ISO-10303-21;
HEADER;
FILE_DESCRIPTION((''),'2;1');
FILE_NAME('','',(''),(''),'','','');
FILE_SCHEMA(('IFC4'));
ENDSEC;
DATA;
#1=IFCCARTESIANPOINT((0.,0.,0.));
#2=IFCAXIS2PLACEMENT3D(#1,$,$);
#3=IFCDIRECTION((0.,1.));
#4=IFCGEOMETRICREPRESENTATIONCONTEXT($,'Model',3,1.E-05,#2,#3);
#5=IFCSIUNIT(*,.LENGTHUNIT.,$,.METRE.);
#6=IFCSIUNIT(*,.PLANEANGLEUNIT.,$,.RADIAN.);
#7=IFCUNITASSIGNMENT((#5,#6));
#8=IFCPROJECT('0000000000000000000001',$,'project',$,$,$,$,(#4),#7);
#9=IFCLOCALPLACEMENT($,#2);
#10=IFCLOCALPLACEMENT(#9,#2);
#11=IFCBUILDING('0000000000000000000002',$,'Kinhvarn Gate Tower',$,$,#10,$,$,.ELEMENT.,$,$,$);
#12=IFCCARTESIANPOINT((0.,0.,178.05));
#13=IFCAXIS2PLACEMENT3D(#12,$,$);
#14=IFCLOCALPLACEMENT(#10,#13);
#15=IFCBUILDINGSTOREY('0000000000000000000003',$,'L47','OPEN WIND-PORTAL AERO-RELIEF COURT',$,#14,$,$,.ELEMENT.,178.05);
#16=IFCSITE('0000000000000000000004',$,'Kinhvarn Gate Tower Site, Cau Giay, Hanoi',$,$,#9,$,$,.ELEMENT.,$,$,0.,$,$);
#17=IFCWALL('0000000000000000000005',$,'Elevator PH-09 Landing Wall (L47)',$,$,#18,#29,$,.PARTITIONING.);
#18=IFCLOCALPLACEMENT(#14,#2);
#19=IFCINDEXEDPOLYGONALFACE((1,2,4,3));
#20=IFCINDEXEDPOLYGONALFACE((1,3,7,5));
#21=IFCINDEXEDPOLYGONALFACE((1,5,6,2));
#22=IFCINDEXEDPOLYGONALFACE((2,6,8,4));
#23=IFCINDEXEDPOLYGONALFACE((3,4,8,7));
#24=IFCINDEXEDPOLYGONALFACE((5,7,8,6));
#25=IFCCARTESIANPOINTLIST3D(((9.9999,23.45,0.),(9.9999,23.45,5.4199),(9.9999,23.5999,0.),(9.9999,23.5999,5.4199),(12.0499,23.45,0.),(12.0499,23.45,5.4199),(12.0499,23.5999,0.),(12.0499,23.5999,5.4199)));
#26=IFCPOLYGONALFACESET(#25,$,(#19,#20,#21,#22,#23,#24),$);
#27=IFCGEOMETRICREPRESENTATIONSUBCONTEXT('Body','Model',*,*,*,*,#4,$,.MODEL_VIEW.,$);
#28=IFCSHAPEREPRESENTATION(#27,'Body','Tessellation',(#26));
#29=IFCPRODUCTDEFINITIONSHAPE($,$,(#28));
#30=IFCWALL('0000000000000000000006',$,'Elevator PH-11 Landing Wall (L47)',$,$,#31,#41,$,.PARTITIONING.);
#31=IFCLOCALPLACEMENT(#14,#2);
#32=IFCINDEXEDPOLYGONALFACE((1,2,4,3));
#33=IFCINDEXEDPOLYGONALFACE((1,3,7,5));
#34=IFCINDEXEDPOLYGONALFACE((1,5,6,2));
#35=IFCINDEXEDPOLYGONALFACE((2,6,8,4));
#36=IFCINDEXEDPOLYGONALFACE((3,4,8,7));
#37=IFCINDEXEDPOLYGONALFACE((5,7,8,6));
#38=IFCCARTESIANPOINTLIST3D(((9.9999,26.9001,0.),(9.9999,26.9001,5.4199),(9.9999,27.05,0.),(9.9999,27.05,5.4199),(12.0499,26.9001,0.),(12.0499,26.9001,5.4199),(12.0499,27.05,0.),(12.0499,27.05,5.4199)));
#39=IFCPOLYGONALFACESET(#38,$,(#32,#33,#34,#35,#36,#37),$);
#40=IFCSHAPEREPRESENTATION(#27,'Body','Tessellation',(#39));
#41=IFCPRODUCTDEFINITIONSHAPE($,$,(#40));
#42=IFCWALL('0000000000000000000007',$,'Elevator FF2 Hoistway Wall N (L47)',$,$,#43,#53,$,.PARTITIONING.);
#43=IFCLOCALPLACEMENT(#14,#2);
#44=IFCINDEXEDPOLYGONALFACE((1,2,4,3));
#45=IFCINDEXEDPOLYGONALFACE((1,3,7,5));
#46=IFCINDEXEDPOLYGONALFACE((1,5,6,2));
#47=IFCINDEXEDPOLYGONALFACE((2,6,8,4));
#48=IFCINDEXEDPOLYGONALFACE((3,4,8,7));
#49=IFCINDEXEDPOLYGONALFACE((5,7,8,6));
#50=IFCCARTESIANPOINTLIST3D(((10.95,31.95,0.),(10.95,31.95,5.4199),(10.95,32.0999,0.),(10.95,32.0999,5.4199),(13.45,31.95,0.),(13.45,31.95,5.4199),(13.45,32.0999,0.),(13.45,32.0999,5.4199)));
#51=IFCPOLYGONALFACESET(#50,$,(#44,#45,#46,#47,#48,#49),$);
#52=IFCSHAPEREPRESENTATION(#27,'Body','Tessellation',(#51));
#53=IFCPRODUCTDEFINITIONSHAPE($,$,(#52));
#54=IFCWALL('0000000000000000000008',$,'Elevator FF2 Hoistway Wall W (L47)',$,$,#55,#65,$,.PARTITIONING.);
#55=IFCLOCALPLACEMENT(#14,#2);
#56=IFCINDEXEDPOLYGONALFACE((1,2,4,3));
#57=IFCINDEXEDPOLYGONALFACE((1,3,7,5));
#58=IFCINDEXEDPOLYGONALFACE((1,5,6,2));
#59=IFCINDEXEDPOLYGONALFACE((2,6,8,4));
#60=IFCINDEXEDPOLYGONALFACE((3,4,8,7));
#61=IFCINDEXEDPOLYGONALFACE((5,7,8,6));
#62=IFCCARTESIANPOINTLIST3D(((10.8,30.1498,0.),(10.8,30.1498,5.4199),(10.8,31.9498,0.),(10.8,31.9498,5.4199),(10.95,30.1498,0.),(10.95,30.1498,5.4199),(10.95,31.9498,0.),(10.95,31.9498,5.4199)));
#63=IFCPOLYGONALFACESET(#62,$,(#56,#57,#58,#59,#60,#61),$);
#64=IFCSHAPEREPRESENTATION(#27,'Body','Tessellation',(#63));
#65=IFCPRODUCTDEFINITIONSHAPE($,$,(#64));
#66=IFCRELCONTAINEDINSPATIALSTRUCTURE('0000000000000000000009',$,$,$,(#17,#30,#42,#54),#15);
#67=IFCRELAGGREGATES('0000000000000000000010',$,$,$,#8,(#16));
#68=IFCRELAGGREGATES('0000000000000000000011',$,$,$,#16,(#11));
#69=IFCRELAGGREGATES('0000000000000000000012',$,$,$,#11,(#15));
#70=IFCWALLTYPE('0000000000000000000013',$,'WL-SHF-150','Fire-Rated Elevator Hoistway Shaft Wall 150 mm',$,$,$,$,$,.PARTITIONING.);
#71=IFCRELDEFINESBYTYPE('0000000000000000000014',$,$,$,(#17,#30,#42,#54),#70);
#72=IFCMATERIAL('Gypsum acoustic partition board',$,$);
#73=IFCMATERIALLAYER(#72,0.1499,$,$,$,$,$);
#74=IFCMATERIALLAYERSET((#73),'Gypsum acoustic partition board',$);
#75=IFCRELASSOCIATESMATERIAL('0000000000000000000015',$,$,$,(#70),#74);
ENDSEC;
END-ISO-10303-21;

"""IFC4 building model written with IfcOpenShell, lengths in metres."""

from ifc_helpers import new_model, si_unit, direction, frame, frame_2d, origin, place, context, subcontext, project, spatial, rectangle, extrude, material, layer, layer_set, type_object, element, save


model = new_model("IFC4")

# Units and contexts
model_context = context("Model", 3, precision=1e-05, world=origin(), true_north=direction((0.0, 1.0)))
body_context = subcontext(model_context, "Body", "Model", "MODEL_VIEW")
ifc_project = project(units=[si_unit("LENGTHUNIT", "METRE"), si_unit("PLANEANGLEUNIT", "RADIAN")], contexts=[model_context])

# Site, building, storey
site_placement = place(None, origin())
site = spatial("IfcSite", under=ifc_project, at=site_placement, Name="Kinhvarn Gate Tower Site, Cau Giay, Hanoi", CompositionType="ELEMENT", RefElevation=0.0)
building_placement = place(site_placement, origin())
building = spatial("IfcBuilding", under=site, at=building_placement, Name="Kinhvarn Gate Tower", CompositionType="ELEMENT")
storey_placement = place(building_placement, frame((0.0, 0.0, 178.05)))
storey = spatial("IfcBuildingStorey", under=building, at=storey_placement, Name="L47", Description="OPEN WIND-PORTAL AERO-RELIEF COURT", CompositionType="ELEMENT", Elevation=178.05)

# Shared definitions
ifc_material_1 = material(Name="Gypsum acoustic partition board")
ifc_layer_1 = layer(ifc_material_1, 0.1499)
ifc_layer_set_1 = layer_set([ifc_layer_1], Name="Gypsum acoustic partition board")
wall_type_1 = type_object("IfcWallType", Name="WL-SHF-150", Description="Fire-Rated Elevator Hoistway Shaft Wall 150 mm", PredefinedType="PARTITIONING", material=ifc_layer_set_1)

# Walls
for number, where, z_axis, x_axis, name in (
    (1, (10.0, 23.5249, 0.0), (0.0, 0.0, 1.0), (1.0, 0.0, 0.0), "Elevator PH-09 Landing Wall (L47)"),
    (2, (10.0, 26.9751, 0.0), (0.0, 0.0, 1.0), (1.0, 0.0, 0.0), "Elevator PH-11 Landing Wall (L47)"),
):
    element("IfcWall", number, at=place(storey_placement, frame(where, z_axis=z_axis, x_axis=x_axis)), inside=storey, type_object=wall_type_1, Name=name, PredefinedType="PARTITIONING", context=body_context, shape_type="SweptSolid", body=[
        extrude(rectangle(XDim=2.05, YDim=0.1499, at=frame_2d((1.0249, 0.0))), origin(), (0.0, 0.0, 1.0), 5.4199),
    ])
wall_1_placement = place(storey_placement, frame((10.95, 32.0249, 0.0), z_axis=(0.0, 0.0, 1.0), x_axis=(1.0, 0.0, 0.0)))
element("IfcWall", 3, at=wall_1_placement, inside=storey, type_object=wall_type_1, Name="Elevator FF2 Hoistway Wall N (L47)", PredefinedType="PARTITIONING", context=body_context, shape_type="SweptSolid", body=[
    extrude(rectangle(XDim=2.5, YDim=0.1499, at=frame_2d((1.25, 0.0))), origin(), (0.0, 0.0, 1.0), 5.4199),
])
wall_2_placement = place(storey_placement, frame((10.875, 30.1499, 0.0), z_axis=(0.0, 0.0, 1.0), x_axis=(0.0, 1.0, 0.0)))
element("IfcWall", 4, at=wall_2_placement, inside=storey, type_object=wall_type_1, Name="Elevator FF2 Hoistway Wall W (L47)", PredefinedType="PARTITIONING", context=body_context, shape_type="SweptSolid", body=[
    extrude(rectangle(XDim=1.8, YDim=0.1499, at=frame_2d((0.8999, 0.0))), origin(), (0.0, 0.0, 1.0), 5.4199),
])

save(model, "model.ifc")
